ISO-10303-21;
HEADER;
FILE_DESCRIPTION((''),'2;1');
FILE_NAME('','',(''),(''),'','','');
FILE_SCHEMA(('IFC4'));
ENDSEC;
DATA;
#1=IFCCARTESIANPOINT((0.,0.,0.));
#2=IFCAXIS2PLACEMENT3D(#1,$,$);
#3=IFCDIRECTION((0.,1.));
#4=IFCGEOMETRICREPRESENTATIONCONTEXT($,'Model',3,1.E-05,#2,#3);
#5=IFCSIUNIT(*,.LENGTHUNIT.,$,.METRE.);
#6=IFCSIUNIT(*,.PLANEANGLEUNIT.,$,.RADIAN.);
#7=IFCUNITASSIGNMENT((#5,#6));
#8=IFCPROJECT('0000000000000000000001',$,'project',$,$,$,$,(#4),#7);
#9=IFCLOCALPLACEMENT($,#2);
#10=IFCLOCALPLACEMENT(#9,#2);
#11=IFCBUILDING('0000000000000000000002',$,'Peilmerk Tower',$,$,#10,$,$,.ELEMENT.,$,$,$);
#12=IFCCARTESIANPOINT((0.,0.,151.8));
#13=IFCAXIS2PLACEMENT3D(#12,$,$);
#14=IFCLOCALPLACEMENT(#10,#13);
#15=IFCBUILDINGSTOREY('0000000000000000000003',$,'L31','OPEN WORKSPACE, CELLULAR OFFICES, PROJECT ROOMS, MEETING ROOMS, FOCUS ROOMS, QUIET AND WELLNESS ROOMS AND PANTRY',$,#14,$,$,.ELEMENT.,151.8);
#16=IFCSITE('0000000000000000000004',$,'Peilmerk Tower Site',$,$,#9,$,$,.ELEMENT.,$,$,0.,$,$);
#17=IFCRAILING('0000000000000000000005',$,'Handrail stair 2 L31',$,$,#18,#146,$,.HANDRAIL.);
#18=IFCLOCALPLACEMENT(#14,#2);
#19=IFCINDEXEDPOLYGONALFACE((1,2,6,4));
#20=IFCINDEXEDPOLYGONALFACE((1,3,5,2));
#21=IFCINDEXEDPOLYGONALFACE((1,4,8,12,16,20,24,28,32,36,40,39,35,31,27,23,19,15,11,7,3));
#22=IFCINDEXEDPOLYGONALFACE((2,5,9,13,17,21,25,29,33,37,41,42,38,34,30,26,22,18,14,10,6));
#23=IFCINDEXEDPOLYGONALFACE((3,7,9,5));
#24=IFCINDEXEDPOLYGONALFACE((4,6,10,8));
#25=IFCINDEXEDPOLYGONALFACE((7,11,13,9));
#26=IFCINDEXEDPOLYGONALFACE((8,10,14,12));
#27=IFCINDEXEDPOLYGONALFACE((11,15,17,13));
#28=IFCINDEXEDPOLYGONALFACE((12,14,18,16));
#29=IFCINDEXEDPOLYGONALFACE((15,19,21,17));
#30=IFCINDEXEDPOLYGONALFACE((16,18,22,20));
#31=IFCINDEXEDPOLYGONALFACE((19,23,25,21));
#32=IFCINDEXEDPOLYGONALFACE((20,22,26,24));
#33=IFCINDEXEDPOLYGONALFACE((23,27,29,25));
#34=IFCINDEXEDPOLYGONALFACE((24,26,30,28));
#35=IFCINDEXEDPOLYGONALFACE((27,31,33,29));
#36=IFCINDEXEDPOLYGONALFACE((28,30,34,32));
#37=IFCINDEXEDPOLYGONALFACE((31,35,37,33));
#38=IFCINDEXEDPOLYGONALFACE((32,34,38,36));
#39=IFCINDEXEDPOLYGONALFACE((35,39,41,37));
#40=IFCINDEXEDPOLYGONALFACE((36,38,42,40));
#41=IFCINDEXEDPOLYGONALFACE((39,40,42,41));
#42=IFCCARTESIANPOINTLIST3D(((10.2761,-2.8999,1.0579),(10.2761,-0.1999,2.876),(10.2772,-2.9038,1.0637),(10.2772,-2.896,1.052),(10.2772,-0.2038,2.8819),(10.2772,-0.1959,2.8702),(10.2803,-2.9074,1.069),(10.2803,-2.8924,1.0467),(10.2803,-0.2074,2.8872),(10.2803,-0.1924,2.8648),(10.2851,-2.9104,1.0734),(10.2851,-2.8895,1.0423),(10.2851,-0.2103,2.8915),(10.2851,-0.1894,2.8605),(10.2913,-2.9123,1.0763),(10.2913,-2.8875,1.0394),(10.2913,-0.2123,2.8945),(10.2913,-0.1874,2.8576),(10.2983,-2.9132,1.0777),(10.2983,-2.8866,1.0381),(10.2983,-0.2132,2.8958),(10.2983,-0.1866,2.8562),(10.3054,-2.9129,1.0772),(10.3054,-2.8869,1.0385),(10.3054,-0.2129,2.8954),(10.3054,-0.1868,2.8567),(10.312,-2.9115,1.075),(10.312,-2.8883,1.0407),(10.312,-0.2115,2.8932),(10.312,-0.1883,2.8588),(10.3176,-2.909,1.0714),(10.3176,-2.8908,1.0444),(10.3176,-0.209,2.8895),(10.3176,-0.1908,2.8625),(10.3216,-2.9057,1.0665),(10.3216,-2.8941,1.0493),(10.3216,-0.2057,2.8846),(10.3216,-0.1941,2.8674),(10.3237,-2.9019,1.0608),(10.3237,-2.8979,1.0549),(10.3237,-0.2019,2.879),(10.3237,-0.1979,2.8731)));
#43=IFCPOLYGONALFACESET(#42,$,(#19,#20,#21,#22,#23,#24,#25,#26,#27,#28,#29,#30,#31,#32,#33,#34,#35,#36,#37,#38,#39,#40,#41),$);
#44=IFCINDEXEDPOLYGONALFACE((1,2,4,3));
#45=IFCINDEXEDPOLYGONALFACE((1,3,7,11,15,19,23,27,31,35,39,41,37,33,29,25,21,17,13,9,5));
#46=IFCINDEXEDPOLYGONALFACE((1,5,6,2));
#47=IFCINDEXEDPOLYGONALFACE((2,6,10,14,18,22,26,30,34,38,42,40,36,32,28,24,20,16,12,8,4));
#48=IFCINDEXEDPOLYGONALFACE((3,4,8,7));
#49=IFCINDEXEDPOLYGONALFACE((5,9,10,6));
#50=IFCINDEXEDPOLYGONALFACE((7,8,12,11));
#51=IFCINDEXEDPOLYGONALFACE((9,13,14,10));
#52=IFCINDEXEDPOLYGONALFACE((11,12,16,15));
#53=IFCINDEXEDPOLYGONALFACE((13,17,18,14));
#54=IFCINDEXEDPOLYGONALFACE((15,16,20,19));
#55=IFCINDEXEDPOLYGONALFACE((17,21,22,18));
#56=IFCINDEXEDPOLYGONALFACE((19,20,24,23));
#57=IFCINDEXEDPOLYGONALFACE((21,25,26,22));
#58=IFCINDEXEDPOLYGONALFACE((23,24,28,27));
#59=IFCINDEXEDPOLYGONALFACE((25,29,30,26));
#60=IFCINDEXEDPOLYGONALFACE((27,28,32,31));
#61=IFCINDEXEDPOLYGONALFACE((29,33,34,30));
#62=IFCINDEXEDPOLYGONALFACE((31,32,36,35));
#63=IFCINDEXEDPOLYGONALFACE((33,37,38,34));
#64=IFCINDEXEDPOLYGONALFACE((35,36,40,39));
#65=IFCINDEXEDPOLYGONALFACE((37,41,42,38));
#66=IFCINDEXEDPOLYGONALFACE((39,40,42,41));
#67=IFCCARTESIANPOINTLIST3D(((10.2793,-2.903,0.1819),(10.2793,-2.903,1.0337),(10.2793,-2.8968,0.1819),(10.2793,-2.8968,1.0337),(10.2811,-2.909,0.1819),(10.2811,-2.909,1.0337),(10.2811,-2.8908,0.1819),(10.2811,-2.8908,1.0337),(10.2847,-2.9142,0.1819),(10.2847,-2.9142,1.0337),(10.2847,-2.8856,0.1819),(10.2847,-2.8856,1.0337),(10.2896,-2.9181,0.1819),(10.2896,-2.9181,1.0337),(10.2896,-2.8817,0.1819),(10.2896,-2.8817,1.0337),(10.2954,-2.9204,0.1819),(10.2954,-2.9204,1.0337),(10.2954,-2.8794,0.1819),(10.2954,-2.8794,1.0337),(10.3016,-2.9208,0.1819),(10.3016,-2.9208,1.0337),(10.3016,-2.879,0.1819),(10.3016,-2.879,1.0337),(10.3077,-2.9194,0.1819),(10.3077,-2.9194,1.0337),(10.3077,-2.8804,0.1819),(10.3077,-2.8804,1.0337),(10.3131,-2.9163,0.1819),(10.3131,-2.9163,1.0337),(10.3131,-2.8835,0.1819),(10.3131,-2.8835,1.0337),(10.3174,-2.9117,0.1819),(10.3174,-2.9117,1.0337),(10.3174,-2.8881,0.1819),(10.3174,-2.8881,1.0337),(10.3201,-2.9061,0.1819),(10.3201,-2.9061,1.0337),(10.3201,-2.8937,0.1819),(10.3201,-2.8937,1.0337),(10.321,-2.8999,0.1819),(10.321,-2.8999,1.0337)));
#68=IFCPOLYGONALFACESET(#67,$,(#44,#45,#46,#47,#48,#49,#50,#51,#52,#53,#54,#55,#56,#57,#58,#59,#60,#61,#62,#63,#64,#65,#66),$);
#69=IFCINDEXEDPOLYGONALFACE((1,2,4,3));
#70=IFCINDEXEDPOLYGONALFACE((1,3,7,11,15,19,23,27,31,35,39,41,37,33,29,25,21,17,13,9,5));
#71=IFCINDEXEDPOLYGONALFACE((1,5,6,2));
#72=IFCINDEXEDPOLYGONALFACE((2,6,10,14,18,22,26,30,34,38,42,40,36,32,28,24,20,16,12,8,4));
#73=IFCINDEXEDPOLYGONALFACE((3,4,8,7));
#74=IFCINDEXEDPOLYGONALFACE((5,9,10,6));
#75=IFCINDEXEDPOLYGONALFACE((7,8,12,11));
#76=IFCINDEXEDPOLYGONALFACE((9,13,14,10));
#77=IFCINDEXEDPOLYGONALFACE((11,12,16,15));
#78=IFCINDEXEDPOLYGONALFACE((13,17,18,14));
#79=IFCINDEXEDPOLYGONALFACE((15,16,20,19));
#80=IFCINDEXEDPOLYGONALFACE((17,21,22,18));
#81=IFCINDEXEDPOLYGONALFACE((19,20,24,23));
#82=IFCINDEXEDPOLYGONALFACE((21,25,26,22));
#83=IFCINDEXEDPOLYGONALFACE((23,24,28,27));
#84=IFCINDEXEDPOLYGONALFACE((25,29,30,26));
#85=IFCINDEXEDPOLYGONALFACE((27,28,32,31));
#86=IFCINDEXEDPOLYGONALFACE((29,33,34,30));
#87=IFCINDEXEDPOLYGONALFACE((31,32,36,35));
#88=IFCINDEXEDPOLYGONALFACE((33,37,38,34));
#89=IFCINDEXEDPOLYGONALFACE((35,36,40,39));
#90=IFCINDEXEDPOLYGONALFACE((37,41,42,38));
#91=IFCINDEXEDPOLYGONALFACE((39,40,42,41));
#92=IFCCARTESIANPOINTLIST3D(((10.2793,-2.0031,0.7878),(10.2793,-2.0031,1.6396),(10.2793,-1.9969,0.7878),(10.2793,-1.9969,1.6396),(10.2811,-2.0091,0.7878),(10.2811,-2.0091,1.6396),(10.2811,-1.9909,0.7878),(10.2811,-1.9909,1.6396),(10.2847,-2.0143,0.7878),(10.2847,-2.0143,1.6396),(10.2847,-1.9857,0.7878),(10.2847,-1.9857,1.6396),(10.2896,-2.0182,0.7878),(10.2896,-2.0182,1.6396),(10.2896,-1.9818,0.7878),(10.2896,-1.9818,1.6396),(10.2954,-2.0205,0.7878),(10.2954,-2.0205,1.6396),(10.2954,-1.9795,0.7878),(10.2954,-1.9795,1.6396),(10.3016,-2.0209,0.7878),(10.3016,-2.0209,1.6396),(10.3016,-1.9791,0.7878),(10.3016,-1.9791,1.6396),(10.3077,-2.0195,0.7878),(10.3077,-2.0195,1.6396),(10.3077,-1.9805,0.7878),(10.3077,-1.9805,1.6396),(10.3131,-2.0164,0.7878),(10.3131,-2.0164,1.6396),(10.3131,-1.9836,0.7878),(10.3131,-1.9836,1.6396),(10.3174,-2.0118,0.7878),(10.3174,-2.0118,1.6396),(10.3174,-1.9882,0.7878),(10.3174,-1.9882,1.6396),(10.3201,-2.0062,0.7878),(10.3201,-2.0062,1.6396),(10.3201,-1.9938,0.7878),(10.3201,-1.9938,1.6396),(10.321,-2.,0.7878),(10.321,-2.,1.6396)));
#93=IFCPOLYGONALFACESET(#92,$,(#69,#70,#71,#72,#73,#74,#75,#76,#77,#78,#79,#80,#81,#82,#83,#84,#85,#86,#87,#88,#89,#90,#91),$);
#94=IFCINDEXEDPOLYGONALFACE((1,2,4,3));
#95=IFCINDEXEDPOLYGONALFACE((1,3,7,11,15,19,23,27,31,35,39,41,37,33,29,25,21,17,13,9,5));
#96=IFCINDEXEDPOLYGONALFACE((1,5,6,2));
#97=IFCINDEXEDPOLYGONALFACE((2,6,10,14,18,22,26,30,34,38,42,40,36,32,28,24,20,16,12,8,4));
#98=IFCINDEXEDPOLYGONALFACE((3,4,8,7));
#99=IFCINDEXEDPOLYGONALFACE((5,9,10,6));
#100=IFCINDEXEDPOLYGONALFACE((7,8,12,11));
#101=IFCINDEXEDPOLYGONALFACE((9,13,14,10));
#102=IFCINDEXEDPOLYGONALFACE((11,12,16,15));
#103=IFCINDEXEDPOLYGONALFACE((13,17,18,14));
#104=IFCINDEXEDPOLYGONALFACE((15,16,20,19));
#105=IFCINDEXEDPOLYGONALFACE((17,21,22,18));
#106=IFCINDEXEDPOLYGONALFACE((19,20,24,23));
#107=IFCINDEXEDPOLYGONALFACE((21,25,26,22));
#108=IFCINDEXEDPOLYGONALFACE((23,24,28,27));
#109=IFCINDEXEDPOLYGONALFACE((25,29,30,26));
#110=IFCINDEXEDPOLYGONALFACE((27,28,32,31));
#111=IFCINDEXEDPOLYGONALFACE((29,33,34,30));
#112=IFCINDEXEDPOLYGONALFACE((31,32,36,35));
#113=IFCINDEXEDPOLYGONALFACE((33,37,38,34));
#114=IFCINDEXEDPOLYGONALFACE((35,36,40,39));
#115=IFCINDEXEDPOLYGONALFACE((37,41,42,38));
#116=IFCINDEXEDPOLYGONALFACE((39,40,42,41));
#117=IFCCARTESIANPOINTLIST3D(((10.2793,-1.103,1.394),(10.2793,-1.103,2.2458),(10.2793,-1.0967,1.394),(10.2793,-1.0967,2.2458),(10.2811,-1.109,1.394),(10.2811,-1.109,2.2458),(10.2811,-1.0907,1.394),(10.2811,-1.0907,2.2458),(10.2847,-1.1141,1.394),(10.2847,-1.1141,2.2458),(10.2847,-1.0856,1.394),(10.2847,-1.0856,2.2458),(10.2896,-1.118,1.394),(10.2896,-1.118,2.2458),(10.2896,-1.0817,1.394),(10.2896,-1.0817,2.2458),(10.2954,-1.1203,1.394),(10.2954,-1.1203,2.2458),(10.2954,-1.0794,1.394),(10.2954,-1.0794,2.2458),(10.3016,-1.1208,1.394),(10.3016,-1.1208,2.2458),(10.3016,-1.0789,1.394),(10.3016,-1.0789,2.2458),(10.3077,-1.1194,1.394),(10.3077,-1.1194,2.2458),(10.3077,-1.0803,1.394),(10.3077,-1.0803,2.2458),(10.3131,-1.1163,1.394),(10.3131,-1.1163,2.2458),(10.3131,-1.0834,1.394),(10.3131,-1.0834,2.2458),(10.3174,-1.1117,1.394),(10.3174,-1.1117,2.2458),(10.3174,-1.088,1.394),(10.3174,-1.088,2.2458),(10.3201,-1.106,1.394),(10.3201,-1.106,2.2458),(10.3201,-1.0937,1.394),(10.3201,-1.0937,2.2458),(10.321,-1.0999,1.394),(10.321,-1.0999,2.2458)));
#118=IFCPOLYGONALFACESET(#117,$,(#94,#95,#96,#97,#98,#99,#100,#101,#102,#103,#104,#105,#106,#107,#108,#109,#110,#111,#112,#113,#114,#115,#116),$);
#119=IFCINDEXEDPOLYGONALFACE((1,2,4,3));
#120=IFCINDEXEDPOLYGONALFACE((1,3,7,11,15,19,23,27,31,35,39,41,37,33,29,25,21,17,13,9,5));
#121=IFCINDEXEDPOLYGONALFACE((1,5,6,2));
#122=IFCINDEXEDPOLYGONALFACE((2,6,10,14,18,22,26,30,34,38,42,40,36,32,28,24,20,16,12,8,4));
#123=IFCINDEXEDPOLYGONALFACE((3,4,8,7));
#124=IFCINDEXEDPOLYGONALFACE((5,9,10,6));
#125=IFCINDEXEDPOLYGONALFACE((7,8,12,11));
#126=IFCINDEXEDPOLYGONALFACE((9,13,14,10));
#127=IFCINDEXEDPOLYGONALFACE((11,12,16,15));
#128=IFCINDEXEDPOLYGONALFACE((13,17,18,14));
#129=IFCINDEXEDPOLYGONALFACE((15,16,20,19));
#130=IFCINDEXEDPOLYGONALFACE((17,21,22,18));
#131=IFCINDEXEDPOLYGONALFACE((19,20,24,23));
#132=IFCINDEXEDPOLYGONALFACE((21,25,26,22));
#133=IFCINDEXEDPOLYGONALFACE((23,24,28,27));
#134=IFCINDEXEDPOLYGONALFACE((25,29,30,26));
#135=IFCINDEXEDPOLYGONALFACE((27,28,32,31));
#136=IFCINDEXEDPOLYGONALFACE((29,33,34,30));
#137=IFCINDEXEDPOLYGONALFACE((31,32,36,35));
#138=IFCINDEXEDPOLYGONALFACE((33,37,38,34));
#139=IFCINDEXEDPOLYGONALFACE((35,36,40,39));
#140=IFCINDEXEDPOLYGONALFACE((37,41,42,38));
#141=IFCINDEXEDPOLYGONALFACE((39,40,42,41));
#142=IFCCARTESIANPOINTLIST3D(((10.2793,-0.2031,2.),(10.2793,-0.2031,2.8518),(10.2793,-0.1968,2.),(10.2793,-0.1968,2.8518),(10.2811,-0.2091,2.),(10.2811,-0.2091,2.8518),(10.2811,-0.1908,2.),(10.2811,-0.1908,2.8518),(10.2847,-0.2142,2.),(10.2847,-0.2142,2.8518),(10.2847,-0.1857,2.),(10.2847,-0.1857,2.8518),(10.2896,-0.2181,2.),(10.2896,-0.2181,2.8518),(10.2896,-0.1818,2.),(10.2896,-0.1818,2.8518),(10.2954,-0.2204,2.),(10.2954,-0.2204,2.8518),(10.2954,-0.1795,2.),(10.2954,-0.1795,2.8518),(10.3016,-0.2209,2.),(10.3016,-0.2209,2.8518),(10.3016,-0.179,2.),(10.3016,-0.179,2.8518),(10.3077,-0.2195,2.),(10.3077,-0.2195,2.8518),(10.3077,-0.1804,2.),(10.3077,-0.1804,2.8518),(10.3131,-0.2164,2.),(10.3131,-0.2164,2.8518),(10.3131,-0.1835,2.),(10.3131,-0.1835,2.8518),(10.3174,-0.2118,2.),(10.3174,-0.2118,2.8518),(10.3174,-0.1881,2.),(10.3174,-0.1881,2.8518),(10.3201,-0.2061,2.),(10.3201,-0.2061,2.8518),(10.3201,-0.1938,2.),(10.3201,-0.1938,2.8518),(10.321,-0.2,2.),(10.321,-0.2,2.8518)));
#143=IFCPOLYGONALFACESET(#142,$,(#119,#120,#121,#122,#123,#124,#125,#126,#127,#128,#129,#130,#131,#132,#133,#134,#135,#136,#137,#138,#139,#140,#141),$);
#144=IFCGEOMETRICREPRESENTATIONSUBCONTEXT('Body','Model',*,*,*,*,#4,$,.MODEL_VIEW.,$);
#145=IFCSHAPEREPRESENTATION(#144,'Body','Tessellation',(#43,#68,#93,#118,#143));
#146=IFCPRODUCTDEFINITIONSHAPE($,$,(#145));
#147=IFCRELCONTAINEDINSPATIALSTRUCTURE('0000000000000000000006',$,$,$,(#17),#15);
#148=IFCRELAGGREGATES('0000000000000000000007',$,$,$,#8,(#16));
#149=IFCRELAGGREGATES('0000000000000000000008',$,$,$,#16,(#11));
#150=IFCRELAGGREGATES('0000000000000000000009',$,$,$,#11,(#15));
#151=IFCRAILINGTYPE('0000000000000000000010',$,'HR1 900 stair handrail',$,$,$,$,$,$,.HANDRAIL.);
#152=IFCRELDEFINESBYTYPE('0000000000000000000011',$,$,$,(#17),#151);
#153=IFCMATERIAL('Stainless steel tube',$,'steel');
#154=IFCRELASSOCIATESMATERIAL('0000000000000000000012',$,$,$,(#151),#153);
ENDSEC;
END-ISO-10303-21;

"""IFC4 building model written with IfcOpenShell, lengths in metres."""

from ifc_helpers import new_model, si_unit, direction, frame, origin, origin_2d, place, context, subcontext, project, spatial, circle, extrude, material, type_object, element, save


model = new_model("IFC4")

# Units and contexts
model_context = context("Model", 3, precision=1e-05, world=origin(), true_north=direction((0.0, 1.0)))
body_context = subcontext(model_context, "Body", "Model", "MODEL_VIEW")
ifc_project = project(units=[si_unit("LENGTHUNIT", "METRE"), si_unit("PLANEANGLEUNIT", "RADIAN")], contexts=[model_context])

# Site, building, storey
site_placement = place(None, origin())
site = spatial("IfcSite", under=ifc_project, at=site_placement, Name="Peilmerk Tower Site", CompositionType="ELEMENT", RefElevation=0.0)
building_placement = place(site_placement, origin())
building = spatial("IfcBuilding", under=site, at=building_placement, Name="Peilmerk Tower", CompositionType="ELEMENT")
storey_placement = place(building_placement, frame((0.0, 0.0, 151.8)))
storey = spatial("IfcBuildingStorey", under=building, at=storey_placement, Name="L31", Description="OPEN WORKSPACE, CELLULAR OFFICES, PROJECT ROOMS, MEETING ROOMS, FOCUS ROOMS, QUIET AND WELLNESS ROOMS AND PANTRY", CompositionType="ELEMENT", Elevation=151.8)

# Railing
ifc_material_1 = material(Name="Stainless steel tube", Category="steel")
railing_type_1 = type_object("IfcRailingType", Name="HR1 900 stair handrail", PredefinedType="HANDRAIL", material=ifc_material_1)
railing_1_placement = place(storey_placement, frame((10.3, -2.8999, 0.1819)))
element("IfcRailing", 1, at=railing_1_placement, inside=storey, type_object=railing_type_1, Name="Handrail stair 2 L31", PredefinedType="HANDRAIL", context=body_context, shape_type="SweptSolid", body=[
    extrude(circle(Radius=0.0239, at=origin_2d()), frame((0.0, 0.0, 0.876), z_axis=(0.0, 0.829468, 0.558554), x_axis=(-1.0, 0.0, 0.0)), (0.0, 0.0, 1.0), 3.2551),
    extrude(circle(Radius=0.021, at=origin_2d()), origin(), (0.0, 0.0, 1.0), 0.8518),
    extrude(circle(Radius=0.021, at=origin_2d()), frame((0.0, 0.8999, 0.606)), (0.0, 0.0, 1.0), 0.8518),
    extrude(circle(Radius=0.021, at=origin_2d()), frame((0.0, 1.8, 1.2122)), (0.0, 0.0, 1.0), 0.8518),
    extrude(circle(Radius=0.021, at=origin_2d()), frame((0.0, 2.7, 1.8181)), (0.0, 0.0, 1.0), 0.8518),
])

save(model, "model.ifc")
